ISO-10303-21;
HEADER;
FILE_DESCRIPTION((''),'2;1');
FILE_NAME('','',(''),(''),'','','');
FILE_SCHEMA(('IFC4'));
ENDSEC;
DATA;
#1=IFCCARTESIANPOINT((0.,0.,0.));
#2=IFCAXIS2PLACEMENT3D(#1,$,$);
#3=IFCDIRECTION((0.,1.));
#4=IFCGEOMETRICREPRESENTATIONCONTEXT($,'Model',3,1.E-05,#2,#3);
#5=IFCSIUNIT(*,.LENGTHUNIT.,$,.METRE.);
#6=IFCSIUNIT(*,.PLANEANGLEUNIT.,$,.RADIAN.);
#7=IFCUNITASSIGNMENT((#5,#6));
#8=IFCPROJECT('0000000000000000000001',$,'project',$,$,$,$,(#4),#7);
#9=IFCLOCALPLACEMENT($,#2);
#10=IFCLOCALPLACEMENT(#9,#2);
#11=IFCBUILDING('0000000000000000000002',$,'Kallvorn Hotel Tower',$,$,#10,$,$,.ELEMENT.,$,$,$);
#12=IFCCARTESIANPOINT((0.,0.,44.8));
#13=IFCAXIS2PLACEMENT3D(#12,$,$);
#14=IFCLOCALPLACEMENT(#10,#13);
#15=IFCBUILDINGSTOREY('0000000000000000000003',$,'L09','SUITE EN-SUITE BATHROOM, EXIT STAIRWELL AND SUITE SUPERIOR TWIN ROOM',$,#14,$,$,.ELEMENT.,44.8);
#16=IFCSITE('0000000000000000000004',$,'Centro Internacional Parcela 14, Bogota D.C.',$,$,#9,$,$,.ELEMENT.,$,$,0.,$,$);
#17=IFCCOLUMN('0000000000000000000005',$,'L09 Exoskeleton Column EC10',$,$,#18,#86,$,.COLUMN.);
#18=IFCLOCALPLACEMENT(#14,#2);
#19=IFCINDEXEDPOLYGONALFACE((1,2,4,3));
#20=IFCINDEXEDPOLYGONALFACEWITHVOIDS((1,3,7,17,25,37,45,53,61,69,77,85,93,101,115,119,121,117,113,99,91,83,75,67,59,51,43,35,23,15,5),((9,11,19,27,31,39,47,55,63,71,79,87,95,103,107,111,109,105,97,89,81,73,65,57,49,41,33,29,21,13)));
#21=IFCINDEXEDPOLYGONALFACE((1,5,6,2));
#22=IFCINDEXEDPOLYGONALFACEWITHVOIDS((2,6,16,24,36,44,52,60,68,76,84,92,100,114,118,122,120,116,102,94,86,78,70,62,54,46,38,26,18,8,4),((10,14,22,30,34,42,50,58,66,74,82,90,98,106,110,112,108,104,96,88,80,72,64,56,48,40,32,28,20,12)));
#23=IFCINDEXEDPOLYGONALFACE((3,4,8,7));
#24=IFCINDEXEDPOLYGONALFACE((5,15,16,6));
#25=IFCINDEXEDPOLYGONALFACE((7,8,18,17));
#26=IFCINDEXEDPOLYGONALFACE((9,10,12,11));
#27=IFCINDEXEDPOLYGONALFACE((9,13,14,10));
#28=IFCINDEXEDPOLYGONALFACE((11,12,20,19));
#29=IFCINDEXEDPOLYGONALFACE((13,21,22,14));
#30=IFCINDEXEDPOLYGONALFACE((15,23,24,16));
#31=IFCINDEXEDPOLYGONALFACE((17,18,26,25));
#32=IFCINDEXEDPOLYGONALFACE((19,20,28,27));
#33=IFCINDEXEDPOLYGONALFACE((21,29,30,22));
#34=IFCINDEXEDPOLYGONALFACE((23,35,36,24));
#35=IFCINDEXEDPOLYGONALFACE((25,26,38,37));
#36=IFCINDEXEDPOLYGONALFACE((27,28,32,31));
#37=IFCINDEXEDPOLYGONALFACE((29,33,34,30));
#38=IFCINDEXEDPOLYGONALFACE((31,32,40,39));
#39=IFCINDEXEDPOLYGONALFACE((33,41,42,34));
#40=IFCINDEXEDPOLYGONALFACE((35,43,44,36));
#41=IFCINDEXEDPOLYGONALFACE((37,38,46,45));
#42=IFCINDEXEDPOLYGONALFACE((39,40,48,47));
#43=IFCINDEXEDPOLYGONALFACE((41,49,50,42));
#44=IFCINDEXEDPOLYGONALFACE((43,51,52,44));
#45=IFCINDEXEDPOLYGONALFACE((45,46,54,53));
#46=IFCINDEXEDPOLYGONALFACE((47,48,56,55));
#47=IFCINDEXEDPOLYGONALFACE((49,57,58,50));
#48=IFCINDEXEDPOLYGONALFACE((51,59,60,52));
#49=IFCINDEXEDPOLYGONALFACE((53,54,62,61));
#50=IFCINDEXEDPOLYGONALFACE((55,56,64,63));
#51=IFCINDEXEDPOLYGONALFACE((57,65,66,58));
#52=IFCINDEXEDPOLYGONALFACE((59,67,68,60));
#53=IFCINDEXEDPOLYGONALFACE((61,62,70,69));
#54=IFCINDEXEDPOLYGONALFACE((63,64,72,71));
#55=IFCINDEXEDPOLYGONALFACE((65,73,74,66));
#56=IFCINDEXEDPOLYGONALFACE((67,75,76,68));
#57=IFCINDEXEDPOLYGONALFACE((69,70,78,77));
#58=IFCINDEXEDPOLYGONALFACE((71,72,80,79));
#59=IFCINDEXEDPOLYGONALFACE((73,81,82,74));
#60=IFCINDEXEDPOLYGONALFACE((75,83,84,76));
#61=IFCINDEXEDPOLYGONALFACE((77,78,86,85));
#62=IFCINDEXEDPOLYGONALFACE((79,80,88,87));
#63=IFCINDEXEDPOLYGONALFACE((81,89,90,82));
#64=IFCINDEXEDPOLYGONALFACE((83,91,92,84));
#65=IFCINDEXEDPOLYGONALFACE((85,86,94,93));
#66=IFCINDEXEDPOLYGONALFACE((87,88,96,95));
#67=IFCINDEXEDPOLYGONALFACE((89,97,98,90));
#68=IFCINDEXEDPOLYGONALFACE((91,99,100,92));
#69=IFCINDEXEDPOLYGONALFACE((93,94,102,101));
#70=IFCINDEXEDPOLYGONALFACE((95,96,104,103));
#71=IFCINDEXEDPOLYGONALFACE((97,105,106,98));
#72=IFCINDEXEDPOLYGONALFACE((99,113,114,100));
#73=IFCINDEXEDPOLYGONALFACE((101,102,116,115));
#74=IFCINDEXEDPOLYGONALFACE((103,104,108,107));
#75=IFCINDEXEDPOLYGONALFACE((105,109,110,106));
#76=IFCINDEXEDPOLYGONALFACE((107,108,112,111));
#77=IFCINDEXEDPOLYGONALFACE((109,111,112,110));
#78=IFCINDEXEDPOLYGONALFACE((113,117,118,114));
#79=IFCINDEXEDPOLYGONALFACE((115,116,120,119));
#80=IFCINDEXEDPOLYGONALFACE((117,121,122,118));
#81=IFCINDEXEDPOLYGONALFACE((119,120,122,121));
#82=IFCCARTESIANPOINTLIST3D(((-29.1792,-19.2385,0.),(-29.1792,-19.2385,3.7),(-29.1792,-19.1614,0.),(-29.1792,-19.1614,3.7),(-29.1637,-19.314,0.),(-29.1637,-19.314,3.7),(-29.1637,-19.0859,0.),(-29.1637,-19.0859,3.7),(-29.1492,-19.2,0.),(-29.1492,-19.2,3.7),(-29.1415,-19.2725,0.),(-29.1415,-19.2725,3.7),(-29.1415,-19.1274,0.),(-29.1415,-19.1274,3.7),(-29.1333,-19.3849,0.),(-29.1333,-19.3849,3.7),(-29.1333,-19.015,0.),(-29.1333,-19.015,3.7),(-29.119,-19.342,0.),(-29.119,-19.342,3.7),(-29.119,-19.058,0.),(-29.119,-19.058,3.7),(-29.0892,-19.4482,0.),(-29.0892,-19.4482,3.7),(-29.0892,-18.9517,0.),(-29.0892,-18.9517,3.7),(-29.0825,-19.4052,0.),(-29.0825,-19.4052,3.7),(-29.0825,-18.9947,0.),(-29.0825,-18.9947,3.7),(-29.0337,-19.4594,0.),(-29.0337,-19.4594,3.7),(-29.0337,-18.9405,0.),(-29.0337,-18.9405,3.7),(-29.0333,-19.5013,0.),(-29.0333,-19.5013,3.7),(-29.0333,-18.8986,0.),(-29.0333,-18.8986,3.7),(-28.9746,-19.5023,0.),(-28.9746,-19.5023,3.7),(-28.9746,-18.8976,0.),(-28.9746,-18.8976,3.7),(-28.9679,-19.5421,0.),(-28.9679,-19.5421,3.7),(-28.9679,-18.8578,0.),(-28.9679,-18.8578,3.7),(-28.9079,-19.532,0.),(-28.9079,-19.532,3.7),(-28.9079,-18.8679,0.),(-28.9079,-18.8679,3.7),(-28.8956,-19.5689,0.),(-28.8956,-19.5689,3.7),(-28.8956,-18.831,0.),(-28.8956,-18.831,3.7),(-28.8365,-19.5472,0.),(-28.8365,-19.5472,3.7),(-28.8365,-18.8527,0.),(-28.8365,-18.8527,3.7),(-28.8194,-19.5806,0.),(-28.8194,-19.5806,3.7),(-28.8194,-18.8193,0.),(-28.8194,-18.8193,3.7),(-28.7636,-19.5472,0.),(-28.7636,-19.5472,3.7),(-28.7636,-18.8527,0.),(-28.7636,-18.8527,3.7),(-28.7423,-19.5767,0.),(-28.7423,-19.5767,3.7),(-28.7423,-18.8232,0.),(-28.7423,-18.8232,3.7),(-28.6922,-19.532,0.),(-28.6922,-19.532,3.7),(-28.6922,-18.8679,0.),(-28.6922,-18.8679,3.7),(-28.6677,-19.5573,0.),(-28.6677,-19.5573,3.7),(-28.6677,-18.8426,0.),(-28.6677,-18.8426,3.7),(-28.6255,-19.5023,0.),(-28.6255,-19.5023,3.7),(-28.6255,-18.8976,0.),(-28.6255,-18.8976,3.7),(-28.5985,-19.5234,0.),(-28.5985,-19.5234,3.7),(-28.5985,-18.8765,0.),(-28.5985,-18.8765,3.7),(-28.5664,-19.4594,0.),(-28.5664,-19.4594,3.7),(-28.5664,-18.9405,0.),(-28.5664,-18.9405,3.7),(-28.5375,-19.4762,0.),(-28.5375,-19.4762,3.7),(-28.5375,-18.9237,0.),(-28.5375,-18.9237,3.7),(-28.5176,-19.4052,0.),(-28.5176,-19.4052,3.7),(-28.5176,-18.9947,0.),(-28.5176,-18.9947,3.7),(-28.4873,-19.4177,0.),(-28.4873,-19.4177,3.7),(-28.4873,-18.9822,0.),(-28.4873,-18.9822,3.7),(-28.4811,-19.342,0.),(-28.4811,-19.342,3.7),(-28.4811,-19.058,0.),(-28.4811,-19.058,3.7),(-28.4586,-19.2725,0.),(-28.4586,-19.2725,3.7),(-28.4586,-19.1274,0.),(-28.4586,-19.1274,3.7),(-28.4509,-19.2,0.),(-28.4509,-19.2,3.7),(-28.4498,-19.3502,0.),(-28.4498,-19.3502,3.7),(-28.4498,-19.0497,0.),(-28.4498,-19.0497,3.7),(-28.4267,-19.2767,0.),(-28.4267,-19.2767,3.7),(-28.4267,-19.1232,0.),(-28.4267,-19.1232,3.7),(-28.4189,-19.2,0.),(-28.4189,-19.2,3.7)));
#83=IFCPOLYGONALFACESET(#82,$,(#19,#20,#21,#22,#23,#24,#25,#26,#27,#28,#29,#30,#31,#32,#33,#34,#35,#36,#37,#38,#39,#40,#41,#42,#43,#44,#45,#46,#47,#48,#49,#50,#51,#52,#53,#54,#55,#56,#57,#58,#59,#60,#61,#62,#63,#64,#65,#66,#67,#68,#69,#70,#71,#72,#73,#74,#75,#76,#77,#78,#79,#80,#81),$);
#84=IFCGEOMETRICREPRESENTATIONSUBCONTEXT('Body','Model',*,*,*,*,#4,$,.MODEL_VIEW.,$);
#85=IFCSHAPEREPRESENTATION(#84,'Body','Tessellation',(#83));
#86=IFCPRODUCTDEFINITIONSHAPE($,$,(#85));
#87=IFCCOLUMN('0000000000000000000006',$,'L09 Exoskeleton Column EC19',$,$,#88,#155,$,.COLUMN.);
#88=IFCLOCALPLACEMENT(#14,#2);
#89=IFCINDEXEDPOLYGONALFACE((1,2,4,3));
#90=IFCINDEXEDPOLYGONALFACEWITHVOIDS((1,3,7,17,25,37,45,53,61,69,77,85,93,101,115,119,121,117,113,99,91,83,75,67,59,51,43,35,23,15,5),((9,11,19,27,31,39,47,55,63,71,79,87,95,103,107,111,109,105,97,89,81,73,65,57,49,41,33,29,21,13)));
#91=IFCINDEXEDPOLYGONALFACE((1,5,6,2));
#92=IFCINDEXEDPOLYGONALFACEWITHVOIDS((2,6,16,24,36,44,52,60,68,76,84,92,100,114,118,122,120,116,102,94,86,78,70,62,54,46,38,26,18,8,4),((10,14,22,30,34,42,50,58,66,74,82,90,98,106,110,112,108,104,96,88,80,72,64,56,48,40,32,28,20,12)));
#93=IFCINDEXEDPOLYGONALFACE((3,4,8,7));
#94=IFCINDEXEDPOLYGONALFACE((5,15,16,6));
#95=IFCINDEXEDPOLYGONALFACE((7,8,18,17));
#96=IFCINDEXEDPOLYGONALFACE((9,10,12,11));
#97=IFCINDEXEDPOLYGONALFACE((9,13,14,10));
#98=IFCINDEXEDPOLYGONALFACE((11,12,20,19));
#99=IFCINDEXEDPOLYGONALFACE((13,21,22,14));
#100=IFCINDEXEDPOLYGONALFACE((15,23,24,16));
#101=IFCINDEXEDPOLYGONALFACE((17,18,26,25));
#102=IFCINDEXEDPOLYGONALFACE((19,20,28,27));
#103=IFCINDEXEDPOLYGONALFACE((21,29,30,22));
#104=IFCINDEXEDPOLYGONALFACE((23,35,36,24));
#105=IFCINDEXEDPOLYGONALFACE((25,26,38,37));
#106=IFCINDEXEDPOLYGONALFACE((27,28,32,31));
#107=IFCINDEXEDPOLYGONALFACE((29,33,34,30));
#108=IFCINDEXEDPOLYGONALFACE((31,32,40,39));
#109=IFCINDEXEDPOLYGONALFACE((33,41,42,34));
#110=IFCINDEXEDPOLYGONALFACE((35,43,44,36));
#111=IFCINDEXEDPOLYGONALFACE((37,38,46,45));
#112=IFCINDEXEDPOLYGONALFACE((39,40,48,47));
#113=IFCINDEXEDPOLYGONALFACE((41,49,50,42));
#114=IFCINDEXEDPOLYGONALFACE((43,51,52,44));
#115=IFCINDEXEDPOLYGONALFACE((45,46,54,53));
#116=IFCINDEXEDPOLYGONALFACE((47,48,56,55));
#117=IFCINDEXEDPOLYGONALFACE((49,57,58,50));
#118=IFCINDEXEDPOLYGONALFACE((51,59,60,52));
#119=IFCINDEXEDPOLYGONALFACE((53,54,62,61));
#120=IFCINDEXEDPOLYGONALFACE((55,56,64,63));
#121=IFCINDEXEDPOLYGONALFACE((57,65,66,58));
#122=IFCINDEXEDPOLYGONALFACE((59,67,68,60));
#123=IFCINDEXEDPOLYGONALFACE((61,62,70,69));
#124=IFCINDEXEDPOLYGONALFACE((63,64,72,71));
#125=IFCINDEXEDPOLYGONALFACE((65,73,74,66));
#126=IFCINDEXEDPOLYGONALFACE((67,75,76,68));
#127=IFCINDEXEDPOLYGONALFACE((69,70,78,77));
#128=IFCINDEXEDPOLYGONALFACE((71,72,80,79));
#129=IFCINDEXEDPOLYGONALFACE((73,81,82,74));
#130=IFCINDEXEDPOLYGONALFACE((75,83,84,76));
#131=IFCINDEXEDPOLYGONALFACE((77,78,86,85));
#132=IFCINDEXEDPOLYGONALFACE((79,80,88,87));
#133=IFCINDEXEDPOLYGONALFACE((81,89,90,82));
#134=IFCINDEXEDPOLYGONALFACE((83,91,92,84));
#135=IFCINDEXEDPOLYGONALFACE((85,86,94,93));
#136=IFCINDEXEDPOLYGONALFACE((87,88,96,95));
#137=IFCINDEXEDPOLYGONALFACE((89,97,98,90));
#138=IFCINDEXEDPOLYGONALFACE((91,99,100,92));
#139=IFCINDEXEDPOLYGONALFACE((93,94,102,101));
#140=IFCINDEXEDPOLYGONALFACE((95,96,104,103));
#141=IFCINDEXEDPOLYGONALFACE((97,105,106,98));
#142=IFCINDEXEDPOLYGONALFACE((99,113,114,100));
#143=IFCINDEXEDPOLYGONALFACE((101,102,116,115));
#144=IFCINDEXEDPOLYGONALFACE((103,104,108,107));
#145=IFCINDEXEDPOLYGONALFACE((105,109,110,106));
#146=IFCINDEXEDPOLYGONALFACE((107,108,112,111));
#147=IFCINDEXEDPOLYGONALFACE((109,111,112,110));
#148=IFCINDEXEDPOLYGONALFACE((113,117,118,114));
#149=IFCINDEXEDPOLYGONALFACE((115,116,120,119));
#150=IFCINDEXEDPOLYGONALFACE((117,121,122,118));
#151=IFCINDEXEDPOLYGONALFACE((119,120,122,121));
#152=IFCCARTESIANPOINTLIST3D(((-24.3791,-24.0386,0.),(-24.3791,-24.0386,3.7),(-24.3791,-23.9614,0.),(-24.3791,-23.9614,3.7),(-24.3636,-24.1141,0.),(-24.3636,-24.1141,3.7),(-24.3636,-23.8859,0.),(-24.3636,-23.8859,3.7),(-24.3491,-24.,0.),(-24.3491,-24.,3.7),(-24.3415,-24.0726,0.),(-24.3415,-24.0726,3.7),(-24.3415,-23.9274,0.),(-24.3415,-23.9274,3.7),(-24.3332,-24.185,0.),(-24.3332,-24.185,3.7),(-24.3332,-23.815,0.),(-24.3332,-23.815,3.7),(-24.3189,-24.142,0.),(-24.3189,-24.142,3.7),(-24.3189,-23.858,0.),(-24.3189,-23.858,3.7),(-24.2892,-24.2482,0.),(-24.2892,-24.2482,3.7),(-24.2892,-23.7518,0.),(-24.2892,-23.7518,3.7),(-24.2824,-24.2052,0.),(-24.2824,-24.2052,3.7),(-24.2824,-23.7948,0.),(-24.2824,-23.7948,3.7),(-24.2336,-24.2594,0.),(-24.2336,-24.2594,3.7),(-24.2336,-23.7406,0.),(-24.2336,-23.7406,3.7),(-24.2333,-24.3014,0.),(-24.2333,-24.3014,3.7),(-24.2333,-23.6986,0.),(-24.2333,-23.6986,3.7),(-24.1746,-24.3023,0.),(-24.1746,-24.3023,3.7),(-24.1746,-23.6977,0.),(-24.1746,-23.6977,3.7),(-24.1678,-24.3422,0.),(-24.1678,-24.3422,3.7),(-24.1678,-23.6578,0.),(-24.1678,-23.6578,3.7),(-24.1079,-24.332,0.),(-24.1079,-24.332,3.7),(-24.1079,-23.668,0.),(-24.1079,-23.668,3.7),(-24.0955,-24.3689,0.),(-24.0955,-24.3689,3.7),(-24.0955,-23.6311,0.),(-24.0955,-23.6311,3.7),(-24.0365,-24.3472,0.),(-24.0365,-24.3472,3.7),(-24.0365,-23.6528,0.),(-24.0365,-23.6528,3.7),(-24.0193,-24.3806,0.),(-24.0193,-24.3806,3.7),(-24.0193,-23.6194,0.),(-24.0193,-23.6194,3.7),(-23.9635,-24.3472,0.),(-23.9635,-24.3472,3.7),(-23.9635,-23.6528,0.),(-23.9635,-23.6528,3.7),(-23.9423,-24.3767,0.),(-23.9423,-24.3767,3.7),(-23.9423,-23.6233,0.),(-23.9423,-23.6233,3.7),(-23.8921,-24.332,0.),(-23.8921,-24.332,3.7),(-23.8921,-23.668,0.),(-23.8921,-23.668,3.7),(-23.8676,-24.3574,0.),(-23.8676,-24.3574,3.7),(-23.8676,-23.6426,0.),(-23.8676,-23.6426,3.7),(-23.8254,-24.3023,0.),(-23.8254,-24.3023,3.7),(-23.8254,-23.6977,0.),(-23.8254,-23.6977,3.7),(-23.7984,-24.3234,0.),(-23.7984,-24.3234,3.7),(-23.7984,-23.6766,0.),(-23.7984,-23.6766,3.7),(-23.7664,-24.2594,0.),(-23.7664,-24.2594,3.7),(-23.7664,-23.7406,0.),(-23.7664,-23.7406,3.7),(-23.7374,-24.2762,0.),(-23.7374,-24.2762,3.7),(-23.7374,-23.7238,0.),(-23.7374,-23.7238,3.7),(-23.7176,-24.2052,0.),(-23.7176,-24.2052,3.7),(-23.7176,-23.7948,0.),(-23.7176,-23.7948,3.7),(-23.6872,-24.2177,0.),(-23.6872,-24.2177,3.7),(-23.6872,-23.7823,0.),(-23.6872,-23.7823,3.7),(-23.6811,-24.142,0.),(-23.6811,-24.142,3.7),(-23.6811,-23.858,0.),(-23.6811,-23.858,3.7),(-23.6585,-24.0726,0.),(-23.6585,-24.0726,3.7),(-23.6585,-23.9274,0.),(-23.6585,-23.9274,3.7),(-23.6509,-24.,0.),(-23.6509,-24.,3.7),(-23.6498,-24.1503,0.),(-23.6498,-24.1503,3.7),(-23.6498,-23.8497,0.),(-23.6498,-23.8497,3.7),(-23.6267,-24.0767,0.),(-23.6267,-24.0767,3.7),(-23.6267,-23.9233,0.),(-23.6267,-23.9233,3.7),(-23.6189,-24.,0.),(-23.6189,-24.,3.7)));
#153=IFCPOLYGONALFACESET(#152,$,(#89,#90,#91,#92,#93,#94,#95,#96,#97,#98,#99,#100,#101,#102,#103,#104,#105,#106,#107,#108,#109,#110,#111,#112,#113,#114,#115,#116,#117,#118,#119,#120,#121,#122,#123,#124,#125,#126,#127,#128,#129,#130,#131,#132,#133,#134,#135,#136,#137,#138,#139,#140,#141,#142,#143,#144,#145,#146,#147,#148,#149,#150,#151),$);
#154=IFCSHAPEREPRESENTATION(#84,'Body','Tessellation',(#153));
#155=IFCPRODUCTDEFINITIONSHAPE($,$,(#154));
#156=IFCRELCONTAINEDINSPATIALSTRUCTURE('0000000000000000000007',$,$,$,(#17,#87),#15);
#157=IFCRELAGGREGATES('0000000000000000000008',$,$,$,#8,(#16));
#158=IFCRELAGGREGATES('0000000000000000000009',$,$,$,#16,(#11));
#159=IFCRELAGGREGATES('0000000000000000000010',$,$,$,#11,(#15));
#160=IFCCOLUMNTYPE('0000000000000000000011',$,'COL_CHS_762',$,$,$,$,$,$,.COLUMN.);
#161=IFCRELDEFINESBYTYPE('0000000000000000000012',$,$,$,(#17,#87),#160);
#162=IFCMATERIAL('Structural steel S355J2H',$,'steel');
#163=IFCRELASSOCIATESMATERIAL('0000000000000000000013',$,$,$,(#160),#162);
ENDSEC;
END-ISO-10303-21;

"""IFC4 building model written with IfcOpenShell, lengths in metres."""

from ifc_helpers import new_model, si_unit, direction, frame, origin, origin_2d, place, context, subcontext, project, spatial, hollow_circle, extrude, material, material_profile, profile_set, type_object, element, save


model = new_model("IFC4")

# Units and contexts
model_context = context("Model", 3, precision=1e-05, world=origin(), true_north=direction((0.0, 1.0)))
body_context = subcontext(model_context, "Body", "Model", "MODEL_VIEW")
ifc_project = project(units=[si_unit("LENGTHUNIT", "METRE"), si_unit("PLANEANGLEUNIT", "RADIAN")], contexts=[model_context])

# Site, building, storey
site_placement = place(None, origin())
site = spatial("IfcSite", under=ifc_project, at=site_placement, Name="Centro Internacional Parcela 14, Bogota D.C.", CompositionType="ELEMENT", RefElevation=0.0)
building_placement = place(site_placement, origin())
building = spatial("IfcBuilding", under=site, at=building_placement, Name="Kallvorn Hotel Tower", CompositionType="ELEMENT")
storey_placement = place(building_placement, frame((0.0, 0.0, 44.8)))
storey = spatial("IfcBuildingStorey", under=building, at=storey_placement, Name="L09", Description="SUITE EN-SUITE BATHROOM, EXIT STAIRWELL AND SUITE SUPERIOR TWIN ROOM", CompositionType="ELEMENT", Elevation=44.8)

# Columns
ifc_material_1 = material(Name="Structural steel S355J2H", Category="steel")
ifc_material_profile_1 = material_profile(ifc_material_1, hollow_circle(Radius=0.3811, WallThickness=0.032, at=origin_2d()), Name="CHS 762x32")
ifc_profile_set_1 = profile_set([ifc_material_profile_1], Name="Structural steel S355J2H")
column_type = type_object("IfcColumnType", Name="COL_CHS_762", PredefinedType="COLUMN", material=ifc_profile_set_1)
for number, where, z_axis, x_axis, name in (
    (1, (-28.8, -19.2, 0.0), (0.0, 0.0, 1.0), (1.0, 0.0, 0.0), "L09 Exoskeleton Column EC10"),
    (2, (-24.0, -24.0, 0.0), (0.0, 0.0, 1.0), (1.0, 0.0, 0.0), "L09 Exoskeleton Column EC19"),
):
    element("IfcColumn", number, at=place(storey_placement, frame(where, z_axis=z_axis, x_axis=x_axis)), inside=storey, type_object=column_type, Name=name, PredefinedType="COLUMN", context=body_context, shape_type="SweptSolid", body=[
        extrude(hollow_circle(Radius=0.3811, WallThickness=0.032, at=origin_2d()), origin(), (0.0, 0.0, 1.0), 3.7),
    ])

save(model, "model.ifc")
